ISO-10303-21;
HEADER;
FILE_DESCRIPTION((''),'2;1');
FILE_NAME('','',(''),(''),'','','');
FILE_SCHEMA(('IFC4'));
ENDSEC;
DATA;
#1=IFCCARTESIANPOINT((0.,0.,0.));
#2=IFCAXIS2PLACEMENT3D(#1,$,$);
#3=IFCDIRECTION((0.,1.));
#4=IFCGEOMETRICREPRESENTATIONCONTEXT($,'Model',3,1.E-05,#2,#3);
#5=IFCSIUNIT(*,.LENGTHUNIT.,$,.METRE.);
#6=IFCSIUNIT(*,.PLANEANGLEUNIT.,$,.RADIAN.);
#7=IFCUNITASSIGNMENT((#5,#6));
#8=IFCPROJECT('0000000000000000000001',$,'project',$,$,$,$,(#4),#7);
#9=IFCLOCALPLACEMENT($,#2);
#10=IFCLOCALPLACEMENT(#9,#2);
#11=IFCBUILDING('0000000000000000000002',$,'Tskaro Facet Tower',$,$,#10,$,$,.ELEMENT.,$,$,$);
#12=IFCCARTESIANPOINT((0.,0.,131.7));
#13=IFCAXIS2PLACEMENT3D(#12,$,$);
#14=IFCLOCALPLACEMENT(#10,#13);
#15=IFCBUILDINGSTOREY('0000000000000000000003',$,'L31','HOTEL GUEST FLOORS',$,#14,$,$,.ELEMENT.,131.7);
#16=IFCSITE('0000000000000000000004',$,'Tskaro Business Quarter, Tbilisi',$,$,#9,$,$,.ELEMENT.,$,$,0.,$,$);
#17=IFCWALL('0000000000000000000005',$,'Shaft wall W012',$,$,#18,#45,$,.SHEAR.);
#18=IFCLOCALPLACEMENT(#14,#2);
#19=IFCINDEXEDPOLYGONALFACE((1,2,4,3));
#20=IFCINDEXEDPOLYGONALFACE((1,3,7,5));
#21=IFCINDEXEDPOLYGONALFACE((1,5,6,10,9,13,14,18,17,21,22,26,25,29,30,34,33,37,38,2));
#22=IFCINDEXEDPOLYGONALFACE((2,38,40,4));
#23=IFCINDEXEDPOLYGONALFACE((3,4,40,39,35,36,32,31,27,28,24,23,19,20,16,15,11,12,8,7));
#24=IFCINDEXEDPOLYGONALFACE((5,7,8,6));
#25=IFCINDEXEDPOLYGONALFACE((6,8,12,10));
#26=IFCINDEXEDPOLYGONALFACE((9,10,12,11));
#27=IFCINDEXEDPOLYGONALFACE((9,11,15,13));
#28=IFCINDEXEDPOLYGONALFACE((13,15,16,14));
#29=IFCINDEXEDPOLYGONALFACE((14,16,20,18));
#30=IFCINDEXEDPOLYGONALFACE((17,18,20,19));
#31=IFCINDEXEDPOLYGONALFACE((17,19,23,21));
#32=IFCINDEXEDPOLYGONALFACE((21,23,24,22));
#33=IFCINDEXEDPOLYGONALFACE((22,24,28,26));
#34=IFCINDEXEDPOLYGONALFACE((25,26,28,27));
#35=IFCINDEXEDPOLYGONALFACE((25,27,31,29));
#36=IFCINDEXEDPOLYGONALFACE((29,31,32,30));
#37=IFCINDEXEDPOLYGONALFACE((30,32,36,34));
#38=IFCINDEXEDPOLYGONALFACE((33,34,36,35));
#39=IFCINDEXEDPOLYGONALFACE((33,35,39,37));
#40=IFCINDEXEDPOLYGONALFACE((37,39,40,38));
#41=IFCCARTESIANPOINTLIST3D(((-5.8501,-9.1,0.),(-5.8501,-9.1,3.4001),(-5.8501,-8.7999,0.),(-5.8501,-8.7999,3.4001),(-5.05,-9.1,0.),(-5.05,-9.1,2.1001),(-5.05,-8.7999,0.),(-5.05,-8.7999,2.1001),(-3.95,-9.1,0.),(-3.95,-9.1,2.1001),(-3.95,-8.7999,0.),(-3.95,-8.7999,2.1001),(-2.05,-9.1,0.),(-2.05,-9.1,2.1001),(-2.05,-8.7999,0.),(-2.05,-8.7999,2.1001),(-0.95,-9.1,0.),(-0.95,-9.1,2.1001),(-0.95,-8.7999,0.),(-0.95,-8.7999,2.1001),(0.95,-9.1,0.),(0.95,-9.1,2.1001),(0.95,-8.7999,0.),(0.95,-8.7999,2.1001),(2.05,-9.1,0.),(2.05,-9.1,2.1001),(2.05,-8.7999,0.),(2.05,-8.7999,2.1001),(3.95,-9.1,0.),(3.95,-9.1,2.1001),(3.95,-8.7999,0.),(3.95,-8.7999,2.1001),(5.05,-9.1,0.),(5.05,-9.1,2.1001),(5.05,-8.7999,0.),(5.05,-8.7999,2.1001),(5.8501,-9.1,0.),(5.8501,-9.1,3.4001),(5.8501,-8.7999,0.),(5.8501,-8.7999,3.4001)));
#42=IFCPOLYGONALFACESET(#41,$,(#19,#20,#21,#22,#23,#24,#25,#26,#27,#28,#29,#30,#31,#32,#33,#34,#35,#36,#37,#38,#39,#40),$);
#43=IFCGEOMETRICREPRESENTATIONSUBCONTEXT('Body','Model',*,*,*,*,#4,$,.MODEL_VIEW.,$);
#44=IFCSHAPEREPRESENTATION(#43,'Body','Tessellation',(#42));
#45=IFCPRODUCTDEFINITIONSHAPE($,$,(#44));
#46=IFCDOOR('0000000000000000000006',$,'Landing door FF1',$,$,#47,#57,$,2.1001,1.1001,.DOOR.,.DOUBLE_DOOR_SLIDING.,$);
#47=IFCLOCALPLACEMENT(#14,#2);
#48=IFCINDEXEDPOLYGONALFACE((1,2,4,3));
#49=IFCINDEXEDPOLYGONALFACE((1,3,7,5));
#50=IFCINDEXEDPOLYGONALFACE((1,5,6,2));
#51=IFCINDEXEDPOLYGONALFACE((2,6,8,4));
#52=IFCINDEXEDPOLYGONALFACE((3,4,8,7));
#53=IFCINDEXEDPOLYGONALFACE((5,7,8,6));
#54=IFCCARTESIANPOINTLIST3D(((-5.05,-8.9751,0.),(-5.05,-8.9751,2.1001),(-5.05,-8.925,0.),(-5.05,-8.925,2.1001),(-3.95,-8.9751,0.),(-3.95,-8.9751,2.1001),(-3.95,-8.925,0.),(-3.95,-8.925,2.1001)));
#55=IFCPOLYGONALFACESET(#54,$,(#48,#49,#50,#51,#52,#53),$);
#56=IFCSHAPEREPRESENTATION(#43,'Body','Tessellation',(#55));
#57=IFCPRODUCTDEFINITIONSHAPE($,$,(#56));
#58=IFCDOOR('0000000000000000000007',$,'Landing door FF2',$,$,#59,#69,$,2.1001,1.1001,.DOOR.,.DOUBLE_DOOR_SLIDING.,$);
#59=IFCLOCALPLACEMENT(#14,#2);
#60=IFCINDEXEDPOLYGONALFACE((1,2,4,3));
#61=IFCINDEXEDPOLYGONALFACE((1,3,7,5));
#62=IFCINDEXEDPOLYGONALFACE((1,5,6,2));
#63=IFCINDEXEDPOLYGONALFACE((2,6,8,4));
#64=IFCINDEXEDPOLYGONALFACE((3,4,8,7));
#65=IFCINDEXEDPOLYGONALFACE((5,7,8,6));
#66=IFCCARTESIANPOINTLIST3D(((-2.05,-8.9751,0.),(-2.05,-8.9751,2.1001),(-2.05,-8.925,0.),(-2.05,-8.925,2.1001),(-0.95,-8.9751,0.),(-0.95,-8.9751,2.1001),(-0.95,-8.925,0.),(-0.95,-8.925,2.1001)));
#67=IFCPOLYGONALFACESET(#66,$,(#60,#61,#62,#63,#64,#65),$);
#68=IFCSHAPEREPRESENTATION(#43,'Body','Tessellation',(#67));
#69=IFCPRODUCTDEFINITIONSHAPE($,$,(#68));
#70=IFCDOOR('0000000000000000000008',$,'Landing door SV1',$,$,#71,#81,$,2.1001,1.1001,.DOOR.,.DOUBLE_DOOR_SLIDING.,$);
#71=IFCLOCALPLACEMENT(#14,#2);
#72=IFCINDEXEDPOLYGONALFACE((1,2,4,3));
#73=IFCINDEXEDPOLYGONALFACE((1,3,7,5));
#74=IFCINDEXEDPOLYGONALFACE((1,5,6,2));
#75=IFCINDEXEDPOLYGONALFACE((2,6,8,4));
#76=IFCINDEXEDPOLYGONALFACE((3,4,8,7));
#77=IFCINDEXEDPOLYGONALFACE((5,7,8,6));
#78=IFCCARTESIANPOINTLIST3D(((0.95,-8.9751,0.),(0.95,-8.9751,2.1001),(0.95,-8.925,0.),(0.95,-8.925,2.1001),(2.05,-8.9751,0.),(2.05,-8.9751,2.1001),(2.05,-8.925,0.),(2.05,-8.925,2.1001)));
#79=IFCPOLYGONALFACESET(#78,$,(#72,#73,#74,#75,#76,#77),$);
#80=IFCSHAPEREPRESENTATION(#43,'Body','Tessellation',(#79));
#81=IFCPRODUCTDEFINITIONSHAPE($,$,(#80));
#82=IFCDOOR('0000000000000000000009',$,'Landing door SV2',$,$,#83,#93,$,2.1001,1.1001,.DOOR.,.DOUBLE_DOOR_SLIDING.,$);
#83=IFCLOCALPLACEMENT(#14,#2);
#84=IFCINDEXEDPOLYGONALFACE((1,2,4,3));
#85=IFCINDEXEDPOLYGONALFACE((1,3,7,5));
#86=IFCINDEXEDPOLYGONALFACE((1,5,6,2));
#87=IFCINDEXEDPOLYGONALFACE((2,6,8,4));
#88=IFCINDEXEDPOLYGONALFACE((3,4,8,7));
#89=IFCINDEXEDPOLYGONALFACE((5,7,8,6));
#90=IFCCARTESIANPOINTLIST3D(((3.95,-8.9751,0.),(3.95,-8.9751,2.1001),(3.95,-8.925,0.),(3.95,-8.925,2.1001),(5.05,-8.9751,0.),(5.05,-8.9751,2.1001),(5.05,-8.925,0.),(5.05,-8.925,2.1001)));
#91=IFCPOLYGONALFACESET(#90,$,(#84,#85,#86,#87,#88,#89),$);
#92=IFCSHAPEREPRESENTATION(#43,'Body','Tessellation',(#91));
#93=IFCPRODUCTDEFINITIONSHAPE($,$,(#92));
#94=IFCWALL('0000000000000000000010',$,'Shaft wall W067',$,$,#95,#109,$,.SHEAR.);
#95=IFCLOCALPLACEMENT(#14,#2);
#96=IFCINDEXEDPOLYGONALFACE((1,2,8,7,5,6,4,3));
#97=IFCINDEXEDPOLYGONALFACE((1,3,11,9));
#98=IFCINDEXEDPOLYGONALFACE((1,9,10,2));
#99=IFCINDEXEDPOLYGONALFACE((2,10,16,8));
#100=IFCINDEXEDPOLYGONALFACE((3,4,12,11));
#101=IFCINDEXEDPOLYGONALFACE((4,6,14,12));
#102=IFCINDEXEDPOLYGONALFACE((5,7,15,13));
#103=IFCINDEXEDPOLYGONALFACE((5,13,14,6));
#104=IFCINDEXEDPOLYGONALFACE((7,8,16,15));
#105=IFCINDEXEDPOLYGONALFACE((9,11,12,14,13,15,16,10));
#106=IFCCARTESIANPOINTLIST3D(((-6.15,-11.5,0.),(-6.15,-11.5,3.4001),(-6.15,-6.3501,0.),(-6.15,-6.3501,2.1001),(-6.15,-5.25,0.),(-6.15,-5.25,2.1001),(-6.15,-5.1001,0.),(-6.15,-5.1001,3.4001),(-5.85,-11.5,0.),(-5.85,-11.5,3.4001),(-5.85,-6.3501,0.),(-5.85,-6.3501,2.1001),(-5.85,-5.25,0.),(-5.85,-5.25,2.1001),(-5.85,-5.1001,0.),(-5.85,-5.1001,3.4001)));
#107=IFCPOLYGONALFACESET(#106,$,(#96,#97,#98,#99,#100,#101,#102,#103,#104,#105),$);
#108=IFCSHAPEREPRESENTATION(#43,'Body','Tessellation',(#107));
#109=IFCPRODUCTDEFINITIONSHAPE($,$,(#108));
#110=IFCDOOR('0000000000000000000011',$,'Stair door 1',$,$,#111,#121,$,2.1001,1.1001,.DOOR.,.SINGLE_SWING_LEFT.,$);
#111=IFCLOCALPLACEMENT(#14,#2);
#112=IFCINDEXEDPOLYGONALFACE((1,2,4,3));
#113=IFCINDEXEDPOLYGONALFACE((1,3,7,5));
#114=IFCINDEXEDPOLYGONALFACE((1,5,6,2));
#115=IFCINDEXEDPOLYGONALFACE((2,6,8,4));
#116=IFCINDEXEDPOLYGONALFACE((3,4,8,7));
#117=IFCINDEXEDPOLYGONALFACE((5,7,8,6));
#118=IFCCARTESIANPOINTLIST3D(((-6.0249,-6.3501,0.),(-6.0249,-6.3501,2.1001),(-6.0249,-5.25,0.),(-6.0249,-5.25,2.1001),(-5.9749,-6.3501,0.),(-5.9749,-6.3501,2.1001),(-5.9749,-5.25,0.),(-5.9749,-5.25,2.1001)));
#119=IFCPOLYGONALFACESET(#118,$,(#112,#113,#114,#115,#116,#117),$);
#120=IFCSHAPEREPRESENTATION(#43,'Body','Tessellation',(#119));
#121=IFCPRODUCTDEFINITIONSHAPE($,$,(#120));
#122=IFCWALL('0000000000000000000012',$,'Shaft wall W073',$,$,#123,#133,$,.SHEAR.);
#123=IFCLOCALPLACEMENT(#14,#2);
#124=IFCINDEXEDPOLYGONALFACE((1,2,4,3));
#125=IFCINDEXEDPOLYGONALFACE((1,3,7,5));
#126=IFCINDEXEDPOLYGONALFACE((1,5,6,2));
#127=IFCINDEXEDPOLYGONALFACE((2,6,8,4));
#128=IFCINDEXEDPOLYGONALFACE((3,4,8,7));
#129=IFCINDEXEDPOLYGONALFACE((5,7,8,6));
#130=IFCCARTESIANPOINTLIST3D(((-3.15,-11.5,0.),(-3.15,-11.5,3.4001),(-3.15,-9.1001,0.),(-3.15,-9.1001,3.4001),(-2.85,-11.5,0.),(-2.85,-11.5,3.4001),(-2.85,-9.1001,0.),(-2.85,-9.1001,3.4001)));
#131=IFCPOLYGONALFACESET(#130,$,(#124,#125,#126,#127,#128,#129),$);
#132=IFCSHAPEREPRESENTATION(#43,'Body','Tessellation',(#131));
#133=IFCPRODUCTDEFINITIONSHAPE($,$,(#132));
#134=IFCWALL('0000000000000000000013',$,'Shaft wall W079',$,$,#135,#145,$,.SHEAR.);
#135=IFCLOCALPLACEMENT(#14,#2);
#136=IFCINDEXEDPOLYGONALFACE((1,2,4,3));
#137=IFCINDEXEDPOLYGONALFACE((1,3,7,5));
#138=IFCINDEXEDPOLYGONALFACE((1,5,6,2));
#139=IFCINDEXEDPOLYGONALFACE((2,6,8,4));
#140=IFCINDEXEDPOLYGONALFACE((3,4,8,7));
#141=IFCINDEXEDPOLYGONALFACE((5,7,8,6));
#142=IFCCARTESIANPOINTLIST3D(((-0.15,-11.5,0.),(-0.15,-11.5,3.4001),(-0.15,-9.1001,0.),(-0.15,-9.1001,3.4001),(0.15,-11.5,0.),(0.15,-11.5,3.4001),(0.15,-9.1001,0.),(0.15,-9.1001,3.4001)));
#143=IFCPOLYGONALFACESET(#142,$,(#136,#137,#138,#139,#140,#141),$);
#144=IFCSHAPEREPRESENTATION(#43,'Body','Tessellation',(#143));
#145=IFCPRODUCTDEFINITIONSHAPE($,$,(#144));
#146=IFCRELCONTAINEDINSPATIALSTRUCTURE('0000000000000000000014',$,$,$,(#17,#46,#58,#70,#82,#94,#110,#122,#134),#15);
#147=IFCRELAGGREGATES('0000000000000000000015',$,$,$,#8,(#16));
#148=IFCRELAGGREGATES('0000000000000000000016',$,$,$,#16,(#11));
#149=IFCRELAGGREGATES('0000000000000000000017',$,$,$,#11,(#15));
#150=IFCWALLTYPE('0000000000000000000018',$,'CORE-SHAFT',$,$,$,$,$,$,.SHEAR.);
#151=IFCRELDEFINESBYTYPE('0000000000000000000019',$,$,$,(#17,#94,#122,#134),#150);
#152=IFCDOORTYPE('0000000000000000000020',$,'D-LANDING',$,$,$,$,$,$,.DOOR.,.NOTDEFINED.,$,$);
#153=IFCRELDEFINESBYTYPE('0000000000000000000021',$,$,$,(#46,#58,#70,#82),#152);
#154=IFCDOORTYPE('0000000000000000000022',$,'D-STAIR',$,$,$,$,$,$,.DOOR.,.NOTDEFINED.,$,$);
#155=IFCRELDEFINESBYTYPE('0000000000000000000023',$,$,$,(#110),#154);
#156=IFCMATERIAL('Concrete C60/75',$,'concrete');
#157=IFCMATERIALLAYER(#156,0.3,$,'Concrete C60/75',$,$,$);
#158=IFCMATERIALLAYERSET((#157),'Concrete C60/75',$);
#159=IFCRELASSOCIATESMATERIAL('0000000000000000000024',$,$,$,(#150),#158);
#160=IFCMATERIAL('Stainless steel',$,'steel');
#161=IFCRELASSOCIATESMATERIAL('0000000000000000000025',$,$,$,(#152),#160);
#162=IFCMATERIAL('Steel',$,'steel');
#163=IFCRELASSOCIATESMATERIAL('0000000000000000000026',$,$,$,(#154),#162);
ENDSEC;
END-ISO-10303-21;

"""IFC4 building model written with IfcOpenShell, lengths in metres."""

from ifc_helpers import new_model, si_unit, direction, frame, frame_2d, origin, place, context, subcontext, project, spatial, rectangle, extrude, material, layer, layer_set, type_object, element, fill, save


model = new_model("IFC4")

# Units and contexts
model_context = context("Model", 3, precision=1e-05, world=origin(), true_north=direction((0.0, 1.0)))
body_context = subcontext(model_context, "Body", "Model", "MODEL_VIEW")
ifc_project = project(units=[si_unit("LENGTHUNIT", "METRE"), si_unit("PLANEANGLEUNIT", "RADIAN")], contexts=[model_context])

# Site, building, storey
site_placement = place(None, origin())
site = spatial("IfcSite", under=ifc_project, at=site_placement, Name="Tskaro Business Quarter, Tbilisi", CompositionType="ELEMENT", RefElevation=0.0)
building_placement = place(site_placement, origin())
building = spatial("IfcBuilding", under=site, at=building_placement, Name="Tskaro Facet Tower", CompositionType="ELEMENT")
storey_placement = place(building_placement, frame((0.0, 0.0, 131.7)))
storey = spatial("IfcBuildingStorey", under=building, at=storey_placement, Name="L31", Description="HOTEL GUEST FLOORS", CompositionType="ELEMENT", Elevation=131.7)

# Wall, openings, doors
ifc_material_1 = material(Name="Concrete C60/75", Category="concrete")
ifc_layer_1 = layer(ifc_material_1, 0.3, Name="Concrete C60/75")
ifc_layer_set_1 = layer_set([ifc_layer_1], Name="Concrete C60/75")
wall_type_1 = type_object("IfcWallType", Name="CORE-SHAFT", PredefinedType="SHEAR", material=ifc_layer_set_1)
wall_1_placement = place(storey_placement, frame((-5.8501, -8.95, 0.0), z_axis=(0.0, 0.0, 1.0), x_axis=(1.0, 0.0, 0.0)))
wall_1 = element("IfcWall", 1, at=wall_1_placement, inside=storey, type_object=wall_type_1, Name="Shaft wall W012", PredefinedType="SHEAR", context=body_context, shape_type="SweptSolid", body=[
    extrude(rectangle(XDim=11.7002, YDim=0.3, at=frame_2d((5.8501, 0.0))), origin(), (0.0, 0.0, 1.0), 3.4001),
])
opening_1_placement = place(wall_1_placement, frame((0.8, 0.0, 0.0)))
opening_1 = element("IfcOpeningElement", 2, at=opening_1_placement, cuts=wall_1, PredefinedType="OPENING", context=body_context, shape_type="SweptSolid", body=[
    extrude(rectangle(XDim=1.1001, YDim=2.1001, at=frame_2d((0.55, 1.05))), frame((0.0, 0.1599, 0.0), z_axis=(0.0, -1.0, 0.0), x_axis=(1.0, 0.0, 0.0)), (0.0, 0.0, 1.0), 0.3201),
])
opening_2_placement = place(wall_1_placement, frame((3.8, 0.0, 0.0)))
opening_2 = element("IfcOpeningElement", 3, at=opening_2_placement, cuts=wall_1, PredefinedType="OPENING", context=body_context, shape_type="SweptSolid", body=[
    extrude(rectangle(XDim=1.1001, YDim=2.1001, at=frame_2d((0.55, 1.05))), frame((0.0, 0.1599, 0.0), z_axis=(0.0, -1.0, 0.0), x_axis=(1.0, 0.0, 0.0)), (0.0, 0.0, 1.0), 0.3201),
])
opening_3_placement = place(wall_1_placement, frame((6.8, 0.0, 0.0)))
opening_3 = element("IfcOpeningElement", 4, at=opening_3_placement, cuts=wall_1, PredefinedType="OPENING", context=body_context, shape_type="SweptSolid", body=[
    extrude(rectangle(XDim=1.1001, YDim=2.1001, at=frame_2d((0.55, 1.05))), frame((0.0, 0.1599, 0.0), z_axis=(0.0, -1.0, 0.0), x_axis=(1.0, 0.0, 0.0)), (0.0, 0.0, 1.0), 0.3201),
])
opening_4_placement = place(wall_1_placement, frame((9.8, 0.0, 0.0)))
opening_4 = element("IfcOpeningElement", 5, at=opening_4_placement, cuts=wall_1, PredefinedType="OPENING", context=body_context, shape_type="SweptSolid", body=[
    extrude(rectangle(XDim=1.1001, YDim=2.1001, at=frame_2d((0.55, 1.05))), frame((0.0, 0.1599, 0.0), z_axis=(0.0, -1.0, 0.0), x_axis=(1.0, 0.0, 0.0)), (0.0, 0.0, 1.0), 0.3201),
])
ifc_material_2 = material(Name="Stainless steel", Category="steel")
door_type_1 = type_object("IfcDoorType", Name="D-LANDING", OperationType="NOTDEFINED", PredefinedType="DOOR", material=ifc_material_2)
door_1_placement = place(opening_1_placement, origin())
door_1 = element("IfcDoor", 6, at=door_1_placement, inside=storey, type_object=door_type_1, Name="Landing door FF1", OperationType="DOUBLE_DOOR_SLIDING", OverallHeight=2.1001, OverallWidth=1.1001, PredefinedType="DOOR", context=body_context, shape_type="SweptSolid", body=[
    extrude(rectangle(XDim=1.1001, YDim=2.1001, at=frame_2d((0.55, 1.05))), frame((0.0, 0.0249, 0.0), z_axis=(0.0, -1.0, 0.0), x_axis=(1.0, 0.0, 0.0)), (0.0, 0.0, 1.0), 0.05),
])
fill(opening_1, door_1)
door_2_placement = place(opening_2_placement, origin())
door_2 = element("IfcDoor", 7, at=door_2_placement, inside=storey, type_object=door_type_1, Name="Landing door FF2", OperationType="DOUBLE_DOOR_SLIDING", OverallHeight=2.1001, OverallWidth=1.1001, PredefinedType="DOOR", context=body_context, shape_type="SweptSolid", body=[
    extrude(rectangle(XDim=1.1001, YDim=2.1001, at=frame_2d((0.55, 1.05))), frame((0.0, 0.0249, 0.0), z_axis=(0.0, -1.0, 0.0), x_axis=(1.0, 0.0, 0.0)), (0.0, 0.0, 1.0), 0.05),
])
fill(opening_2, door_2)
door_3_placement = place(opening_3_placement, origin())
door_3 = element("IfcDoor", 8, at=door_3_placement, inside=storey, type_object=door_type_1, Name="Landing door SV1", OperationType="DOUBLE_DOOR_SLIDING", OverallHeight=2.1001, OverallWidth=1.1001, PredefinedType="DOOR", context=body_context, shape_type="SweptSolid", body=[
    extrude(rectangle(XDim=1.1001, YDim=2.1001, at=frame_2d((0.55, 1.05))), frame((0.0, 0.0249, 0.0), z_axis=(0.0, -1.0, 0.0), x_axis=(1.0, 0.0, 0.0)), (0.0, 0.0, 1.0), 0.05),
])
fill(opening_3, door_3)
door_4_placement = place(opening_4_placement, origin())
door_4 = element("IfcDoor", 9, at=door_4_placement, inside=storey, type_object=door_type_1, Name="Landing door SV2", OperationType="DOUBLE_DOOR_SLIDING", OverallHeight=2.1001, OverallWidth=1.1001, PredefinedType="DOOR", context=body_context, shape_type="SweptSolid", body=[
    extrude(rectangle(XDim=1.1001, YDim=2.1001, at=frame_2d((0.55, 1.05))), frame((0.0, 0.0249, 0.0), z_axis=(0.0, -1.0, 0.0), x_axis=(1.0, 0.0, 0.0)), (0.0, 0.0, 1.0), 0.05),
])
fill(opening_4, door_4)

# Wall, opening, door
wall_2_placement = place(storey_placement, frame((-6.0, -11.5, 0.0), z_axis=(0.0, 0.0, 1.0), x_axis=(0.0, 1.0, 0.0)))
wall_2 = element("IfcWall", 10, at=wall_2_placement, inside=storey, type_object=wall_type_1, Name="Shaft wall W067", PredefinedType="SHEAR", context=body_context, shape_type="SweptSolid", body=[
    extrude(rectangle(XDim=6.3999, YDim=0.3, at=frame_2d((3.2, 0.0))), origin(), (0.0, 0.0, 1.0), 3.4001),
])
opening_5_placement = place(wall_2_placement, frame((5.1499, 0.0, 0.0)))
opening_5 = element("IfcOpeningElement", 11, at=opening_5_placement, cuts=wall_2, PredefinedType="OPENING", context=body_context, shape_type="SweptSolid", body=[
    extrude(rectangle(XDim=1.1001, YDim=2.1001, at=frame_2d((0.55, 1.05))), frame((0.0, 0.1599, 0.0), z_axis=(0.0, -1.0, 0.0), x_axis=(1.0, 0.0, 0.0)), (0.0, 0.0, 1.0), 0.3201),
])
ifc_material_3 = material(Name="Steel", Category="steel")
door_type_2 = type_object("IfcDoorType", Name="D-STAIR", OperationType="NOTDEFINED", PredefinedType="DOOR", material=ifc_material_3)
door_5_placement = place(opening_5_placement, origin())
door_5 = element("IfcDoor", 12, at=door_5_placement, inside=storey, type_object=door_type_2, Name="Stair door 1", OperationType="SINGLE_SWING_LEFT", OverallHeight=2.1001, OverallWidth=1.1001, PredefinedType="DOOR", context=body_context, shape_type="SweptSolid", body=[
    extrude(rectangle(XDim=1.1001, YDim=2.1001, at=frame_2d((0.55, 1.05))), frame((0.0, 0.0249, 0.0), z_axis=(0.0, -1.0, 0.0), x_axis=(1.0, 0.0, 0.0)), (0.0, 0.0, 1.0), 0.05),
])
fill(opening_5, door_5)

# Walls
for number, where, z_axis, x_axis, name in (
    (13, (-3.0, -11.5, 0.0), (0.0, 0.0, 1.0), (0.0, 1.0, 0.0), "Shaft wall W073"),
    (14, (0.0, -11.5, 0.0), (0.0, 0.0, 1.0), (0.0, 1.0, 0.0), "Shaft wall W079"),
):
    element("IfcWall", number, at=place(storey_placement, frame(where, z_axis=z_axis, x_axis=x_axis)), inside=storey, type_object=wall_type_1, Name=name, PredefinedType="SHEAR", context=body_context, shape_type="SweptSolid", body=[
        extrude(rectangle(XDim=2.3999, YDim=0.3, at=frame_2d((1.2, 0.0))), origin(), (0.0, 0.0, 1.0), 3.4001),
    ])

save(model, "model.ifc")
